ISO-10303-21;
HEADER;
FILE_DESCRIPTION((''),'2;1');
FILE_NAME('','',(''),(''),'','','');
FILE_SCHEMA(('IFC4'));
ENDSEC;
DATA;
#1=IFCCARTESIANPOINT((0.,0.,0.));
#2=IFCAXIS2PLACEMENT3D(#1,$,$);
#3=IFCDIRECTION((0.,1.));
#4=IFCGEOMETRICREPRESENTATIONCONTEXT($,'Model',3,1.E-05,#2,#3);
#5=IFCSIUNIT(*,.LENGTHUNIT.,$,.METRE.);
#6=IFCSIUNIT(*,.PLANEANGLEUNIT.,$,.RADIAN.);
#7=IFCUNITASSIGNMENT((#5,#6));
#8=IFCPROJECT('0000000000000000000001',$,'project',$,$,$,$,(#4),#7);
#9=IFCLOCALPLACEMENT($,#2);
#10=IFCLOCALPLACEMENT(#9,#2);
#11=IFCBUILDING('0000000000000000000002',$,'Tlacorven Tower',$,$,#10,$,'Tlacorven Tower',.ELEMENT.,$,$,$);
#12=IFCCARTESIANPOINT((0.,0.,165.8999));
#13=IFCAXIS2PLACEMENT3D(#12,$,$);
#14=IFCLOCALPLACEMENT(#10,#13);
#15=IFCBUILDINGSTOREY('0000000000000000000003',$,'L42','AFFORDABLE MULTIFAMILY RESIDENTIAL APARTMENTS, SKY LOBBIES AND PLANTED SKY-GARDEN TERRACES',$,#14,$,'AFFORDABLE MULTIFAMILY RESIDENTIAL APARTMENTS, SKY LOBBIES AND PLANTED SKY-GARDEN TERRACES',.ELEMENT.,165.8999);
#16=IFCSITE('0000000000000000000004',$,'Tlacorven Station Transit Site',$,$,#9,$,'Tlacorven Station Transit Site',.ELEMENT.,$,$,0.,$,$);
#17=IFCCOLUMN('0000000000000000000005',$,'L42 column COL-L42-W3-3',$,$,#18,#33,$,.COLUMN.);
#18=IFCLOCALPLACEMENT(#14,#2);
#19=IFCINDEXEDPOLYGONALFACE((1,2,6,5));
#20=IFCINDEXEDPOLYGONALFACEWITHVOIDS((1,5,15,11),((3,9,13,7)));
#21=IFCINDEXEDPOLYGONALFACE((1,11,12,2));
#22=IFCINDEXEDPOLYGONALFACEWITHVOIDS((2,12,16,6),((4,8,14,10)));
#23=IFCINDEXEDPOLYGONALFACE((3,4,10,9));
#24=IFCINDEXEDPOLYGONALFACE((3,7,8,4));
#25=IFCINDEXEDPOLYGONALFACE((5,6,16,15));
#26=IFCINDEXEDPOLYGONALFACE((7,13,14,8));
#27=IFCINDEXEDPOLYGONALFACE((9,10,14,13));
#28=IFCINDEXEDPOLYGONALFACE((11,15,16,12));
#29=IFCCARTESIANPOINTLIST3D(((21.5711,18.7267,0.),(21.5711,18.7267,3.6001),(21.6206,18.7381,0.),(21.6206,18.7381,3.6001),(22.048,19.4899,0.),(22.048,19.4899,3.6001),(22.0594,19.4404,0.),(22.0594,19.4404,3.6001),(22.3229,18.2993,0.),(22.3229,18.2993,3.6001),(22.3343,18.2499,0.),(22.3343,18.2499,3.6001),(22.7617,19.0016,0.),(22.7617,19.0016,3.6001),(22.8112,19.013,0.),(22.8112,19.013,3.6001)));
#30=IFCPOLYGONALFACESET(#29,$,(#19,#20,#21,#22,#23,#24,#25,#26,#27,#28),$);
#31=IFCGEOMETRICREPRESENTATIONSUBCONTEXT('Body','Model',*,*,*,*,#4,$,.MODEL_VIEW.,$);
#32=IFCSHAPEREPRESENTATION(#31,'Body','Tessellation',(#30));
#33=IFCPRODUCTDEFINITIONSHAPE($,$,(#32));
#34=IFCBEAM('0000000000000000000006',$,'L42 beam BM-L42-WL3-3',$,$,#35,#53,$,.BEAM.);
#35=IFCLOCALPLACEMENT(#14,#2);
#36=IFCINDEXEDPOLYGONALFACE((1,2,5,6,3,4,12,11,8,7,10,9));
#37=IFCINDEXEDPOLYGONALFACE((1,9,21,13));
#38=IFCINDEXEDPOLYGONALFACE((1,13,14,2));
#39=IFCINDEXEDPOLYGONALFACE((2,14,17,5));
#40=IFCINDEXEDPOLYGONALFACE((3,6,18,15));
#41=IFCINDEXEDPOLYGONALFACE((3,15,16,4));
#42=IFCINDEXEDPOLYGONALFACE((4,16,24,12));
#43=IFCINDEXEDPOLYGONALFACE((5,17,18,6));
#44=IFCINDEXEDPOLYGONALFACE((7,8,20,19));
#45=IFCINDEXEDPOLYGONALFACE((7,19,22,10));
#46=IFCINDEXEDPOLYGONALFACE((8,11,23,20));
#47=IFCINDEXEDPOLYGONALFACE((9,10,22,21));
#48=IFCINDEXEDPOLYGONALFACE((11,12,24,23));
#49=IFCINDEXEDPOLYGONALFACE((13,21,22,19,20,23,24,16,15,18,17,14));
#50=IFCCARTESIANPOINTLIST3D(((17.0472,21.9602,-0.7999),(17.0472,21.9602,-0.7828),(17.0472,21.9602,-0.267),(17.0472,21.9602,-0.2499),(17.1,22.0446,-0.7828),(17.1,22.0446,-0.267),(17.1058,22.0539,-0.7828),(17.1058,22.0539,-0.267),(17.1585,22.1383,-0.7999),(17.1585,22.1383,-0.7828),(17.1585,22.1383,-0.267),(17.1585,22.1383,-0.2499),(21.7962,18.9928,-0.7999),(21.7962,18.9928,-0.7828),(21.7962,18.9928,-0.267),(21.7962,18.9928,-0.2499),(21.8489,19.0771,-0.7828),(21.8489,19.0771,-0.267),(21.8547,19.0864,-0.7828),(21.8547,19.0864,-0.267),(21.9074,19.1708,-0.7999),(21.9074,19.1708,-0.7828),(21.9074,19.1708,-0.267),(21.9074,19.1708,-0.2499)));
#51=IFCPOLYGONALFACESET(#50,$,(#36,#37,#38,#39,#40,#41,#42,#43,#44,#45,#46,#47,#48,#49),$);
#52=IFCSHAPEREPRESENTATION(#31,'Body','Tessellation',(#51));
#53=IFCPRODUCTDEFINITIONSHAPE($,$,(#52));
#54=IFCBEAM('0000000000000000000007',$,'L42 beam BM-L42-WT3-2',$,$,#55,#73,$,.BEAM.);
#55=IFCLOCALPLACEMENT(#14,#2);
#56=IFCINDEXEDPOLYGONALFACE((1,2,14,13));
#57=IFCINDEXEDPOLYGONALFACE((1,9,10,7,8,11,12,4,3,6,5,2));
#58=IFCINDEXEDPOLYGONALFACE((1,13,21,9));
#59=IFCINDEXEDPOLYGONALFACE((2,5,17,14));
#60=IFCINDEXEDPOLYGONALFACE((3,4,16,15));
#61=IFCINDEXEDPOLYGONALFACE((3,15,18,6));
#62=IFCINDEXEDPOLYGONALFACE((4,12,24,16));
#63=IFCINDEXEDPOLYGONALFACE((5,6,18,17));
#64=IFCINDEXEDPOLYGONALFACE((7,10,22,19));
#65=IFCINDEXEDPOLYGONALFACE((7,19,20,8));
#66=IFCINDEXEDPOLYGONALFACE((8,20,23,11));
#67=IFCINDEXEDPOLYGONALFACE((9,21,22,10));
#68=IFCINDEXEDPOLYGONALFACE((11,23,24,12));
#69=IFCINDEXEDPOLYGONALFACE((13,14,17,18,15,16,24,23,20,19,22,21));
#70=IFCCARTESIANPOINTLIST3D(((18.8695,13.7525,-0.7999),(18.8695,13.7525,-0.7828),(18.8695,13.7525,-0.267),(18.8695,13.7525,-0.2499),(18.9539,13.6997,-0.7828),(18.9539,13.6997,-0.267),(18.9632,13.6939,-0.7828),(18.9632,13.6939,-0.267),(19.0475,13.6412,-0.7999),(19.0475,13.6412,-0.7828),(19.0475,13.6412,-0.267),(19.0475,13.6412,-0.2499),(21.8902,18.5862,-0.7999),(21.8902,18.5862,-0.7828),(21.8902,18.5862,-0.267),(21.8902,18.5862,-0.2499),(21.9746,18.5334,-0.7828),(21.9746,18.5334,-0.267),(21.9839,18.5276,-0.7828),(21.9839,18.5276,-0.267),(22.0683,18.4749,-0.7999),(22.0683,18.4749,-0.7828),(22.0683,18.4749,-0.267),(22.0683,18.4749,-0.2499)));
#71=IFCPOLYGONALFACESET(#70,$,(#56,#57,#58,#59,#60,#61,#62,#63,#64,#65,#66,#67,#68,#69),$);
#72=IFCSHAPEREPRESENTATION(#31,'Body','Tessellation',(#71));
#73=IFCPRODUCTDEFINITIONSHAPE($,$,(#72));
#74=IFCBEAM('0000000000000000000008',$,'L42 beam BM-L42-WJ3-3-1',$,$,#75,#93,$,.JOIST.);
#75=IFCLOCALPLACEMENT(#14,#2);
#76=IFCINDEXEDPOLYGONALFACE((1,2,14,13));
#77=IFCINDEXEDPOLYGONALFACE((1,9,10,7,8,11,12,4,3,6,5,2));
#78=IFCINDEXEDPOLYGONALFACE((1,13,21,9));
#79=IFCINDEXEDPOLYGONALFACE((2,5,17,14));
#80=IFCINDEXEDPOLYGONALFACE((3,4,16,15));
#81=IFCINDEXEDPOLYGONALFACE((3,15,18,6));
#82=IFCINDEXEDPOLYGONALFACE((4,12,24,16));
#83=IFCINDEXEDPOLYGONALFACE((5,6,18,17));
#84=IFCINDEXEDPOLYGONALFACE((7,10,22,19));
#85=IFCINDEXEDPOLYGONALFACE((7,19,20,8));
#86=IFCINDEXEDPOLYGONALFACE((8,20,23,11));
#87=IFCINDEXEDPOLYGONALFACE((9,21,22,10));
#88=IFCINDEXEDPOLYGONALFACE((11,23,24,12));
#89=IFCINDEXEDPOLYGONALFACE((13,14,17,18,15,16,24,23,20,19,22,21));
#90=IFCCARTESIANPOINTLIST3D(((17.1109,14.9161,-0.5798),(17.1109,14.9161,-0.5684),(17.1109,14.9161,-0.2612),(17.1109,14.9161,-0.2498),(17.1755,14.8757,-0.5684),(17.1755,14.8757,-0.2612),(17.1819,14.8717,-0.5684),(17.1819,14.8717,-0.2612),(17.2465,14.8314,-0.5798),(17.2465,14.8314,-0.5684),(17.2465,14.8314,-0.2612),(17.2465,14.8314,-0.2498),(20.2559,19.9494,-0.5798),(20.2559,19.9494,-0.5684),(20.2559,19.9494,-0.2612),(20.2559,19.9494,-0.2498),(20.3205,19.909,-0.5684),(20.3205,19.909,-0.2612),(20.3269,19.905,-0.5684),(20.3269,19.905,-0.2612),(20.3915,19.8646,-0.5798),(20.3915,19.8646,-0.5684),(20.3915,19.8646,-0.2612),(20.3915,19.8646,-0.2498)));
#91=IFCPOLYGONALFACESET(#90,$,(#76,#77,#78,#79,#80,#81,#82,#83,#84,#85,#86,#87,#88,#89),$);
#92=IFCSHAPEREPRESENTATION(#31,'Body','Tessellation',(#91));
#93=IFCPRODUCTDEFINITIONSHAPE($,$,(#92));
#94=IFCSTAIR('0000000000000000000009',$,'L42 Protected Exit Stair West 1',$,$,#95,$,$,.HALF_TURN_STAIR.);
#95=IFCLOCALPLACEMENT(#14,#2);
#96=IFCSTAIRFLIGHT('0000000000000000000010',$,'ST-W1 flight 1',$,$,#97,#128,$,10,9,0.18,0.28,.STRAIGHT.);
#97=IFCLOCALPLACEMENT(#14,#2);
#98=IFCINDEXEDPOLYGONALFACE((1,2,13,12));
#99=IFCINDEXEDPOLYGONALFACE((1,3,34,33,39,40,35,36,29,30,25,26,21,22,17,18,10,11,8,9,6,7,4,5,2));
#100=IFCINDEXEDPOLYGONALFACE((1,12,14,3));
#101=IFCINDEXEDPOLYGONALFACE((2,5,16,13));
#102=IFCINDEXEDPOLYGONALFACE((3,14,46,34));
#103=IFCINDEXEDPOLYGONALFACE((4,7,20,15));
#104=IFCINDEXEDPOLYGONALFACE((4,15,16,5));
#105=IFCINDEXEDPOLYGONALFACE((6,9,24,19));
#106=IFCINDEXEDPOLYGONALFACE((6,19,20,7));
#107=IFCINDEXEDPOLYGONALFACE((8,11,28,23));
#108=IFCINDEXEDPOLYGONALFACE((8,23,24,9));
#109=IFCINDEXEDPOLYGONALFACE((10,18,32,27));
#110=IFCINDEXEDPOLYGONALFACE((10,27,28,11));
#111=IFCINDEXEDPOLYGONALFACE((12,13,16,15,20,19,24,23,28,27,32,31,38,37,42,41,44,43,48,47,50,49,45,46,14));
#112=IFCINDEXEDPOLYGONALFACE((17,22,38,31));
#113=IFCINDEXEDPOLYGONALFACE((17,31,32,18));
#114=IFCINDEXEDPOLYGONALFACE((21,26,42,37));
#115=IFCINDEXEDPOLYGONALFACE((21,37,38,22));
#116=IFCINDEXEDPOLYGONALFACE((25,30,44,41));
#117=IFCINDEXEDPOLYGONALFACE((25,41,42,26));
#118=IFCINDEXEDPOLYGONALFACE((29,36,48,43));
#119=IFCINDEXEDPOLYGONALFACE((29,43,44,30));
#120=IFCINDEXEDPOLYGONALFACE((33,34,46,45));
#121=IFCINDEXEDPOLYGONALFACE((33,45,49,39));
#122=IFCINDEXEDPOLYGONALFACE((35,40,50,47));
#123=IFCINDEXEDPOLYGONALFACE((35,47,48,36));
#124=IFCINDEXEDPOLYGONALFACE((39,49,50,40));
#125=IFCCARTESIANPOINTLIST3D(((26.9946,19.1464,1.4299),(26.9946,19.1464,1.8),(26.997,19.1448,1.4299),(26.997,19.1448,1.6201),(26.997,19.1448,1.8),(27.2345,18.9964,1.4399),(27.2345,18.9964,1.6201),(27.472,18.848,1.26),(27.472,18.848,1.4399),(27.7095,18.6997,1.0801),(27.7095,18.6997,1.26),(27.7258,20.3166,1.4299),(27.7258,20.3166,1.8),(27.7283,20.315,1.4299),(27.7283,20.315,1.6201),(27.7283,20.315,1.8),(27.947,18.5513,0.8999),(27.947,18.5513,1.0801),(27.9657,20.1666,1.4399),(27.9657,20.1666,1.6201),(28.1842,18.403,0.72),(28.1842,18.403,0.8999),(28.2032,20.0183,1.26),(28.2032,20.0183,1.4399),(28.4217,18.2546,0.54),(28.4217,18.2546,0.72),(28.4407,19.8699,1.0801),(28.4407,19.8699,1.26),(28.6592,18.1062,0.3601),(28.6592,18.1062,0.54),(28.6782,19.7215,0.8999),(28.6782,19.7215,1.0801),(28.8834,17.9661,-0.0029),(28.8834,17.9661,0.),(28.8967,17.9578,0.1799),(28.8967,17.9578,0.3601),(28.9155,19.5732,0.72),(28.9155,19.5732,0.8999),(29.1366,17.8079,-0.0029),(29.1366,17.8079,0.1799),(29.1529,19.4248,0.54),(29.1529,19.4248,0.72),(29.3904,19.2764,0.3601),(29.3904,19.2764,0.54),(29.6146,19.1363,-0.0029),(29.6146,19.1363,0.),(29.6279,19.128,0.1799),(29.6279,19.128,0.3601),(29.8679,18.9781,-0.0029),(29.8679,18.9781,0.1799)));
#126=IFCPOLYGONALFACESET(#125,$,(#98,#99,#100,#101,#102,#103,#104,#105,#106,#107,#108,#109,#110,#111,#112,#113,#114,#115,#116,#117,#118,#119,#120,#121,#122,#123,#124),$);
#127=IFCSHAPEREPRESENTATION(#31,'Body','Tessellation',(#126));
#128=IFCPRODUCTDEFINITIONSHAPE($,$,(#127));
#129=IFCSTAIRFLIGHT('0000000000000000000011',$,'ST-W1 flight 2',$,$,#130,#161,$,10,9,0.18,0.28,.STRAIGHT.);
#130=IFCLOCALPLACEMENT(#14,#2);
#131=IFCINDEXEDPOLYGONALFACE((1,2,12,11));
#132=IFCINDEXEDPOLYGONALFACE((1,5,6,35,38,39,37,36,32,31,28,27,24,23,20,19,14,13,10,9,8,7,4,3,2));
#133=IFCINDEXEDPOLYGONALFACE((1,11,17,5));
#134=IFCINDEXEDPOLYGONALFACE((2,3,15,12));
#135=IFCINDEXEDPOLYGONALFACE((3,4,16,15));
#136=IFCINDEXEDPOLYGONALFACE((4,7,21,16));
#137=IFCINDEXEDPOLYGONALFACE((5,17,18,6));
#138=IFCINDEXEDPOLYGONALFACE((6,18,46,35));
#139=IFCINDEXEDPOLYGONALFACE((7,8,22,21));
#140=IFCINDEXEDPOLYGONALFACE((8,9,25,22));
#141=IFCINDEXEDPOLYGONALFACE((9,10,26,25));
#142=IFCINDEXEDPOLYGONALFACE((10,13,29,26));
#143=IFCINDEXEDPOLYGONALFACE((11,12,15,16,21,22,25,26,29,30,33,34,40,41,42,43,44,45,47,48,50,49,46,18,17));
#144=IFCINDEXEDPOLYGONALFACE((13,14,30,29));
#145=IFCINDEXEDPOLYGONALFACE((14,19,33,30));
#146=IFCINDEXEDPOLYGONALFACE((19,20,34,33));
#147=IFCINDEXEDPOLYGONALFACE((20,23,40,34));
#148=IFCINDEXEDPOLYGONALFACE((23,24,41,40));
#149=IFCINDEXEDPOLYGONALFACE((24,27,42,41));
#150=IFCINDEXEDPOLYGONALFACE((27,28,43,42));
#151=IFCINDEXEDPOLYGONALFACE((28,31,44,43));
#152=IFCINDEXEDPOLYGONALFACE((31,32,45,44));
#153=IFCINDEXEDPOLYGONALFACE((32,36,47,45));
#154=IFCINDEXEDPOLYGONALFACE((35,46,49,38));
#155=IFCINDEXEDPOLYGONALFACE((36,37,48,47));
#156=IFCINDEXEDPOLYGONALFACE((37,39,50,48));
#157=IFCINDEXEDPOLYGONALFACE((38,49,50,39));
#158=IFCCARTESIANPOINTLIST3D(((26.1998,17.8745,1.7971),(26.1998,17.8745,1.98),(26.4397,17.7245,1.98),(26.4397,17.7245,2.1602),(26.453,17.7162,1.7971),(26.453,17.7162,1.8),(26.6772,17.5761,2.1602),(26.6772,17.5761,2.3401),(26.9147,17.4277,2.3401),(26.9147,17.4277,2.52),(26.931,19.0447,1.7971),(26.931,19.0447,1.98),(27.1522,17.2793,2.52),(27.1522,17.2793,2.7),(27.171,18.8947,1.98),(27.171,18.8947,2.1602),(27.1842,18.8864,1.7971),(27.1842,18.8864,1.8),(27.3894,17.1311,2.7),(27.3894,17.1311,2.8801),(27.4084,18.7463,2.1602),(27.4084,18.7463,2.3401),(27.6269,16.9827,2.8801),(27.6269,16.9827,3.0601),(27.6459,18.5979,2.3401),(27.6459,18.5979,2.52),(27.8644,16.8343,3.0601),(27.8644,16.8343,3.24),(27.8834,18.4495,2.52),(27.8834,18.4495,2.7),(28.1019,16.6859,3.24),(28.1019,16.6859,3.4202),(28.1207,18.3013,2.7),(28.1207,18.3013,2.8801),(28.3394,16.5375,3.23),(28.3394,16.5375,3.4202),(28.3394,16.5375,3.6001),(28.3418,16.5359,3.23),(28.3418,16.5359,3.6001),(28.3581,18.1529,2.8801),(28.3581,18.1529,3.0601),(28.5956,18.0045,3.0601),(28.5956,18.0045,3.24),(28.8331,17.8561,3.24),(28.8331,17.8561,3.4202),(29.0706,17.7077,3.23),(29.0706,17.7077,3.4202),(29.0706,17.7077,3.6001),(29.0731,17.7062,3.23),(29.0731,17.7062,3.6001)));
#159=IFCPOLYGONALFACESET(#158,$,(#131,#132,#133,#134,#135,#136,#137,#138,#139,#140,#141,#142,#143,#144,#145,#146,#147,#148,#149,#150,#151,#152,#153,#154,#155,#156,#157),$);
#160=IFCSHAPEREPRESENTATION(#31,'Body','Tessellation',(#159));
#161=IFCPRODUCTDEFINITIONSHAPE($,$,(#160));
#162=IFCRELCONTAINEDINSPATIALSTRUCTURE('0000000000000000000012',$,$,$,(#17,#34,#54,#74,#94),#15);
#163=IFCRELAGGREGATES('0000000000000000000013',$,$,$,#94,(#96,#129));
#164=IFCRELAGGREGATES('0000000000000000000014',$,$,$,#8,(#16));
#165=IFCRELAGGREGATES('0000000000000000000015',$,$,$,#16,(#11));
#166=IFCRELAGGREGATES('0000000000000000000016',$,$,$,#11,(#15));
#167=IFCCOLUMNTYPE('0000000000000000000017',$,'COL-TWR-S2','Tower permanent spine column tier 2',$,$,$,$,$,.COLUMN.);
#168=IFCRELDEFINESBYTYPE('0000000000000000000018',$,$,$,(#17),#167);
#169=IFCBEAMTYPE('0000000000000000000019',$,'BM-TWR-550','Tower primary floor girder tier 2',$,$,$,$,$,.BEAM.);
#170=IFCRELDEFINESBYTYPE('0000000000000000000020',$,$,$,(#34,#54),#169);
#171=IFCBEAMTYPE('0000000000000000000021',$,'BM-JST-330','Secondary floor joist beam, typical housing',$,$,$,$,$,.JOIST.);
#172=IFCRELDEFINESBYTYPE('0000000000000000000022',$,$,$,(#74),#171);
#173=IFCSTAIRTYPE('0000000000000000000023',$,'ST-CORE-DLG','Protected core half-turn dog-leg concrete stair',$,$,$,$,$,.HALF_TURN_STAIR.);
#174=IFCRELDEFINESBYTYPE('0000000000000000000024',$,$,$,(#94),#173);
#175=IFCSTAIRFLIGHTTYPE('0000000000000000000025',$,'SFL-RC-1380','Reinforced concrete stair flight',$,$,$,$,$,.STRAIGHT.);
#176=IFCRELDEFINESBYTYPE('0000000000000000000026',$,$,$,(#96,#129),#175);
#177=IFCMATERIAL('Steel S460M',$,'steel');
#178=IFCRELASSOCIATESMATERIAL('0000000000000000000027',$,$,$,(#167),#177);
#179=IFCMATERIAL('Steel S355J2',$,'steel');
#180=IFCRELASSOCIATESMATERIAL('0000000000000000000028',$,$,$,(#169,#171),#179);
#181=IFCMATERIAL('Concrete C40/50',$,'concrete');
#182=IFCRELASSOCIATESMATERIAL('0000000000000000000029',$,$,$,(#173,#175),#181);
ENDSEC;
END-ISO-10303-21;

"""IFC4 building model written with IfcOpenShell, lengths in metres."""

from ifc_helpers import new_model, si_unit, direction, frame, origin, origin_2d, place, context, subcontext, project, spatial, polyline, hollow_rectangle, i_section, outline, extrude, source, transform, mapped, material, material_profile, profile_set, type_object, element, aggregate, save


model = new_model("IFC4")

# Units and contexts
model_context = context("Model", 3, precision=1e-05, world=origin(), true_north=direction((0.0, 1.0)))
body_context = subcontext(model_context, "Body", "Model", "MODEL_VIEW")
ifc_project = project(units=[si_unit("LENGTHUNIT", "METRE"), si_unit("PLANEANGLEUNIT", "RADIAN")], contexts=[model_context])

# Site, building, storey
site_placement = place(None, origin())
site = spatial("IfcSite", under=ifc_project, at=site_placement, Name="Tlacorven Station Transit Site", LongName="Tlacorven Station Transit Site", CompositionType="ELEMENT", RefElevation=0.0)
building_placement = place(site_placement, origin())
building = spatial("IfcBuilding", under=site, at=building_placement, Name="Tlacorven Tower", LongName="Tlacorven Tower", CompositionType="ELEMENT")
storey_placement = place(building_placement, frame((0.0, 0.0, 165.8999)))
storey = spatial("IfcBuildingStorey", under=building, at=storey_placement, Name="L42", Description="AFFORDABLE MULTIFAMILY RESIDENTIAL APARTMENTS, SKY LOBBIES AND PLANTED SKY-GARDEN TERRACES", LongName="AFFORDABLE MULTIFAMILY RESIDENTIAL APARTMENTS, SKY LOBBIES AND PLANTED SKY-GARDEN TERRACES", CompositionType="ELEMENT", Elevation=165.8999)

# Column
ifc_material_1 = material(Name="Steel S460M", Category="steel")
ifc_material_profile_1 = material_profile(ifc_material_1, hollow_rectangle(XDim=0.8999, YDim=0.8999, WallThickness=0.0359, at=origin_2d()), Name="BOX 900X900X36")
ifc_profile_set_1 = profile_set([ifc_material_profile_1], Name="Steel S460M")
column_type = type_object("IfcColumnType", Name="COL-TWR-S2", Description="Tower permanent spine column tier 2", PredefinedType="COLUMN", material=ifc_profile_set_1)
shared_shape_1 = source(origin(), body_context, "Body", "SweptSolid", [
    extrude(hollow_rectangle(XDim=0.8999, YDim=0.8999, WallThickness=0.0359, at=origin_2d()), origin(), (0.0, 0.0, 1.0), 3.6001),
])
column_placement = place(storey_placement, frame((22.1912, 18.8699, 0.0), z_axis=(0.0, 0.0, 1.0), x_axis=(-0.848048, 0.529919, 0.0)))
element("IfcColumn", 1, at=column_placement, inside=storey, type_object=column_type, Name="L42 column COL-L42-W3-3", PredefinedType="COLUMN", context=body_context, shape_type="MappedRepresentation", body=[
    mapped(shared_shape_1, transform((0.0, 0.0, 0.0), scale=1.0)),
])

# Beams
ifc_material_2 = material(Name="Steel S355J2", Category="steel")
ifc_material_profile_2 = material_profile(ifc_material_2, i_section(OverallWidth=0.21, OverallDepth=0.55, WebThickness=0.011, FlangeThickness=0.0171, at=origin_2d()), Name="IPE 550")
ifc_profile_set_2 = profile_set([ifc_material_profile_2], Name="Steel S355J2")
beam_type_1 = type_object("IfcBeamType", Name="BM-TWR-550", Description="Tower primary floor girder tier 2", PredefinedType="BEAM", material=ifc_profile_set_2)
shared_shape_2 = source(origin(), body_context, "Body", "SweptSolid", [
    extrude(i_section(OverallWidth=0.21, OverallDepth=0.55, WebThickness=0.011, FlangeThickness=0.0171, at=origin_2d()), origin(), (0.0, 0.0, 1.0), 5.5999),
])
beam_1_placement = place(storey_placement, frame((21.8518, 19.0818, -0.5249), z_axis=(-0.848047, 0.529921, 0.0), x_axis=(-0.529921, -0.848047, 0.0)))
element("IfcBeam", 2, at=beam_1_placement, inside=storey, type_object=beam_type_1, Name="L42 beam BM-L42-WL3-3", PredefinedType="BEAM", context=body_context, shape_type="MappedRepresentation", body=[
    mapped(shared_shape_2, transform((0.0, 0.0, 0.0), scale=1.0)),
])
shared_shape_3 = source(origin(), body_context, "Body", "SweptSolid", [
    extrude(i_section(OverallWidth=0.21, OverallDepth=0.55, WebThickness=0.011, FlangeThickness=0.0171, at=origin_2d()), origin(), (0.0, 0.0, 1.0), 5.7),
])
beam_2_placement = place(storey_placement, frame((21.9792, 18.5305, -0.5249), z_axis=(-0.529957, -0.848025, 0.0), x_axis=(0.848025, -0.529957, 0.0)))
element("IfcBeam", 3, at=beam_2_placement, inside=storey, type_object=beam_type_1, Name="L42 beam BM-L42-WT3-2", PredefinedType="BEAM", context=body_context, shape_type="MappedRepresentation", body=[
    mapped(shared_shape_3, transform((0.0, 0.0, 0.0), scale=1.0)),
])
ifc_material_profile_3 = material_profile(ifc_material_2, i_section(OverallWidth=0.1599, OverallDepth=0.3301, WebThickness=0.0076, FlangeThickness=0.0115, at=origin_2d()), Name="IPE 330")
ifc_profile_set_3 = profile_set([ifc_material_profile_3], Name="Steel S355J2")
beam_type_2 = type_object("IfcBeamType", Name="BM-JST-330", Description="Secondary floor joist beam, typical housing", PredefinedType="JOIST", material=ifc_profile_set_3)
shared_shape_4 = source(origin(), body_context, "Body", "SweptSolid", [
    extrude(i_section(OverallWidth=0.1599, OverallDepth=0.3301, WebThickness=0.0076, FlangeThickness=0.0115, at=origin_2d()), origin(), (0.0, 0.0, 1.0), 5.9351),
])
beam_3_placement = place(storey_placement, frame((20.3237, 19.907, -0.4148), z_axis=(-0.52991, -0.848054, 0.0), x_axis=(0.848054, -0.52991, 0.0)))
element("IfcBeam", 4, at=beam_3_placement, inside=storey, type_object=beam_type_2, Name="L42 beam BM-L42-WJ3-3-1", PredefinedType="JOIST", context=body_context, shape_type="MappedRepresentation", body=[
    mapped(shared_shape_4, transform((0.0, 0.0, 0.0), scale=1.0)),
])

# Stair, stair flights
ifc_material_3 = material(Name="Concrete C40/50", Category="concrete")
stair_type = type_object("IfcStairType", Name="ST-CORE-DLG", Description="Protected core half-turn dog-leg concrete stair", PredefinedType="HALF_TURN_STAIR", material=ifc_material_3)
stair_placement = place(storey_placement, origin())
stair = element("IfcStair", 5, at=stair_placement, inside=storey, type_object=stair_type, Name="L42 Protected Exit Stair West 1", PredefinedType="HALF_TURN_STAIR")
stair_flight_type = type_object("IfcStairFlightType", Name="SFL-RC-1380", Description="Reinforced concrete stair flight", PredefinedType="STRAIGHT", material=ifc_material_3)
shared_shape_5 = source(origin(), body_context, "Body", "SweptSolid", [
    extrude(outline(polyline([(-0.0029, -0.0029), (-0.0029, 0.1799), (0.28, 0.1799), (0.28, 0.3601), (0.5601, 0.3601), (0.5601, 0.54), (0.8401, 0.54), (0.8401, 0.72), (1.1201, 0.72), (1.1201, 0.8999), (1.3999, 0.8999), (1.3999, 1.0801), (1.6799, 1.0801), (1.6799, 1.26), (1.96, 1.26), (1.96, 1.4399), (2.24, 1.4399), (2.24, 1.6201), (2.52, 1.6201), (2.52, 1.8), (2.5229, 1.8), (2.5229, 1.4299), (2.52, 1.4299), (0.2957, 0.0), (0.2957, -0.0029), (-0.0029, -0.0029)])), frame((0.0, 0.6899, 0.0), z_axis=(0.0, -1.0, 0.0), x_axis=(1.0, 0.0, 0.0)), (0.0, 0.0, 1.0), 1.3799),
])
stair_flight_1_placement = place(storey_placement, frame((29.4998, 18.3945, 0.0), z_axis=(0.0, 0.0, 1.0), x_axis=(-0.848048, 0.529919, 0.0)))
stair_flight_1 = element("IfcStairFlight", 6, at=stair_flight_1_placement, type_object=stair_flight_type, Name="ST-W1 flight 1", NumberOfRisers=10, NumberOfTreads=9, PredefinedType="STRAIGHT", RiserHeight=0.18, TreadLength=0.28, context=body_context, shape_type="MappedRepresentation", body=[
    mapped(shared_shape_5, transform((0.0, 0.0, 0.0), scale=1.0)),
])
stair_flight_2_placement = place(storey_placement, frame((26.5679, 18.458, 1.8), z_axis=(0.0, 0.0, 1.0), x_axis=(0.848048, -0.529919, 0.0)))
stair_flight_2 = element("IfcStairFlight", 7, at=stair_flight_2_placement, type_object=stair_flight_type, Name="ST-W1 flight 2", NumberOfRisers=10, NumberOfTreads=9, PredefinedType="STRAIGHT", RiserHeight=0.18, TreadLength=0.28, context=body_context, shape_type="MappedRepresentation", body=[
    mapped(shared_shape_5, transform((0.0, 0.0, 0.0), scale=1.0)),
])
aggregate(stair, [stair_flight_1, stair_flight_2])

save(model, "model.ifc")
